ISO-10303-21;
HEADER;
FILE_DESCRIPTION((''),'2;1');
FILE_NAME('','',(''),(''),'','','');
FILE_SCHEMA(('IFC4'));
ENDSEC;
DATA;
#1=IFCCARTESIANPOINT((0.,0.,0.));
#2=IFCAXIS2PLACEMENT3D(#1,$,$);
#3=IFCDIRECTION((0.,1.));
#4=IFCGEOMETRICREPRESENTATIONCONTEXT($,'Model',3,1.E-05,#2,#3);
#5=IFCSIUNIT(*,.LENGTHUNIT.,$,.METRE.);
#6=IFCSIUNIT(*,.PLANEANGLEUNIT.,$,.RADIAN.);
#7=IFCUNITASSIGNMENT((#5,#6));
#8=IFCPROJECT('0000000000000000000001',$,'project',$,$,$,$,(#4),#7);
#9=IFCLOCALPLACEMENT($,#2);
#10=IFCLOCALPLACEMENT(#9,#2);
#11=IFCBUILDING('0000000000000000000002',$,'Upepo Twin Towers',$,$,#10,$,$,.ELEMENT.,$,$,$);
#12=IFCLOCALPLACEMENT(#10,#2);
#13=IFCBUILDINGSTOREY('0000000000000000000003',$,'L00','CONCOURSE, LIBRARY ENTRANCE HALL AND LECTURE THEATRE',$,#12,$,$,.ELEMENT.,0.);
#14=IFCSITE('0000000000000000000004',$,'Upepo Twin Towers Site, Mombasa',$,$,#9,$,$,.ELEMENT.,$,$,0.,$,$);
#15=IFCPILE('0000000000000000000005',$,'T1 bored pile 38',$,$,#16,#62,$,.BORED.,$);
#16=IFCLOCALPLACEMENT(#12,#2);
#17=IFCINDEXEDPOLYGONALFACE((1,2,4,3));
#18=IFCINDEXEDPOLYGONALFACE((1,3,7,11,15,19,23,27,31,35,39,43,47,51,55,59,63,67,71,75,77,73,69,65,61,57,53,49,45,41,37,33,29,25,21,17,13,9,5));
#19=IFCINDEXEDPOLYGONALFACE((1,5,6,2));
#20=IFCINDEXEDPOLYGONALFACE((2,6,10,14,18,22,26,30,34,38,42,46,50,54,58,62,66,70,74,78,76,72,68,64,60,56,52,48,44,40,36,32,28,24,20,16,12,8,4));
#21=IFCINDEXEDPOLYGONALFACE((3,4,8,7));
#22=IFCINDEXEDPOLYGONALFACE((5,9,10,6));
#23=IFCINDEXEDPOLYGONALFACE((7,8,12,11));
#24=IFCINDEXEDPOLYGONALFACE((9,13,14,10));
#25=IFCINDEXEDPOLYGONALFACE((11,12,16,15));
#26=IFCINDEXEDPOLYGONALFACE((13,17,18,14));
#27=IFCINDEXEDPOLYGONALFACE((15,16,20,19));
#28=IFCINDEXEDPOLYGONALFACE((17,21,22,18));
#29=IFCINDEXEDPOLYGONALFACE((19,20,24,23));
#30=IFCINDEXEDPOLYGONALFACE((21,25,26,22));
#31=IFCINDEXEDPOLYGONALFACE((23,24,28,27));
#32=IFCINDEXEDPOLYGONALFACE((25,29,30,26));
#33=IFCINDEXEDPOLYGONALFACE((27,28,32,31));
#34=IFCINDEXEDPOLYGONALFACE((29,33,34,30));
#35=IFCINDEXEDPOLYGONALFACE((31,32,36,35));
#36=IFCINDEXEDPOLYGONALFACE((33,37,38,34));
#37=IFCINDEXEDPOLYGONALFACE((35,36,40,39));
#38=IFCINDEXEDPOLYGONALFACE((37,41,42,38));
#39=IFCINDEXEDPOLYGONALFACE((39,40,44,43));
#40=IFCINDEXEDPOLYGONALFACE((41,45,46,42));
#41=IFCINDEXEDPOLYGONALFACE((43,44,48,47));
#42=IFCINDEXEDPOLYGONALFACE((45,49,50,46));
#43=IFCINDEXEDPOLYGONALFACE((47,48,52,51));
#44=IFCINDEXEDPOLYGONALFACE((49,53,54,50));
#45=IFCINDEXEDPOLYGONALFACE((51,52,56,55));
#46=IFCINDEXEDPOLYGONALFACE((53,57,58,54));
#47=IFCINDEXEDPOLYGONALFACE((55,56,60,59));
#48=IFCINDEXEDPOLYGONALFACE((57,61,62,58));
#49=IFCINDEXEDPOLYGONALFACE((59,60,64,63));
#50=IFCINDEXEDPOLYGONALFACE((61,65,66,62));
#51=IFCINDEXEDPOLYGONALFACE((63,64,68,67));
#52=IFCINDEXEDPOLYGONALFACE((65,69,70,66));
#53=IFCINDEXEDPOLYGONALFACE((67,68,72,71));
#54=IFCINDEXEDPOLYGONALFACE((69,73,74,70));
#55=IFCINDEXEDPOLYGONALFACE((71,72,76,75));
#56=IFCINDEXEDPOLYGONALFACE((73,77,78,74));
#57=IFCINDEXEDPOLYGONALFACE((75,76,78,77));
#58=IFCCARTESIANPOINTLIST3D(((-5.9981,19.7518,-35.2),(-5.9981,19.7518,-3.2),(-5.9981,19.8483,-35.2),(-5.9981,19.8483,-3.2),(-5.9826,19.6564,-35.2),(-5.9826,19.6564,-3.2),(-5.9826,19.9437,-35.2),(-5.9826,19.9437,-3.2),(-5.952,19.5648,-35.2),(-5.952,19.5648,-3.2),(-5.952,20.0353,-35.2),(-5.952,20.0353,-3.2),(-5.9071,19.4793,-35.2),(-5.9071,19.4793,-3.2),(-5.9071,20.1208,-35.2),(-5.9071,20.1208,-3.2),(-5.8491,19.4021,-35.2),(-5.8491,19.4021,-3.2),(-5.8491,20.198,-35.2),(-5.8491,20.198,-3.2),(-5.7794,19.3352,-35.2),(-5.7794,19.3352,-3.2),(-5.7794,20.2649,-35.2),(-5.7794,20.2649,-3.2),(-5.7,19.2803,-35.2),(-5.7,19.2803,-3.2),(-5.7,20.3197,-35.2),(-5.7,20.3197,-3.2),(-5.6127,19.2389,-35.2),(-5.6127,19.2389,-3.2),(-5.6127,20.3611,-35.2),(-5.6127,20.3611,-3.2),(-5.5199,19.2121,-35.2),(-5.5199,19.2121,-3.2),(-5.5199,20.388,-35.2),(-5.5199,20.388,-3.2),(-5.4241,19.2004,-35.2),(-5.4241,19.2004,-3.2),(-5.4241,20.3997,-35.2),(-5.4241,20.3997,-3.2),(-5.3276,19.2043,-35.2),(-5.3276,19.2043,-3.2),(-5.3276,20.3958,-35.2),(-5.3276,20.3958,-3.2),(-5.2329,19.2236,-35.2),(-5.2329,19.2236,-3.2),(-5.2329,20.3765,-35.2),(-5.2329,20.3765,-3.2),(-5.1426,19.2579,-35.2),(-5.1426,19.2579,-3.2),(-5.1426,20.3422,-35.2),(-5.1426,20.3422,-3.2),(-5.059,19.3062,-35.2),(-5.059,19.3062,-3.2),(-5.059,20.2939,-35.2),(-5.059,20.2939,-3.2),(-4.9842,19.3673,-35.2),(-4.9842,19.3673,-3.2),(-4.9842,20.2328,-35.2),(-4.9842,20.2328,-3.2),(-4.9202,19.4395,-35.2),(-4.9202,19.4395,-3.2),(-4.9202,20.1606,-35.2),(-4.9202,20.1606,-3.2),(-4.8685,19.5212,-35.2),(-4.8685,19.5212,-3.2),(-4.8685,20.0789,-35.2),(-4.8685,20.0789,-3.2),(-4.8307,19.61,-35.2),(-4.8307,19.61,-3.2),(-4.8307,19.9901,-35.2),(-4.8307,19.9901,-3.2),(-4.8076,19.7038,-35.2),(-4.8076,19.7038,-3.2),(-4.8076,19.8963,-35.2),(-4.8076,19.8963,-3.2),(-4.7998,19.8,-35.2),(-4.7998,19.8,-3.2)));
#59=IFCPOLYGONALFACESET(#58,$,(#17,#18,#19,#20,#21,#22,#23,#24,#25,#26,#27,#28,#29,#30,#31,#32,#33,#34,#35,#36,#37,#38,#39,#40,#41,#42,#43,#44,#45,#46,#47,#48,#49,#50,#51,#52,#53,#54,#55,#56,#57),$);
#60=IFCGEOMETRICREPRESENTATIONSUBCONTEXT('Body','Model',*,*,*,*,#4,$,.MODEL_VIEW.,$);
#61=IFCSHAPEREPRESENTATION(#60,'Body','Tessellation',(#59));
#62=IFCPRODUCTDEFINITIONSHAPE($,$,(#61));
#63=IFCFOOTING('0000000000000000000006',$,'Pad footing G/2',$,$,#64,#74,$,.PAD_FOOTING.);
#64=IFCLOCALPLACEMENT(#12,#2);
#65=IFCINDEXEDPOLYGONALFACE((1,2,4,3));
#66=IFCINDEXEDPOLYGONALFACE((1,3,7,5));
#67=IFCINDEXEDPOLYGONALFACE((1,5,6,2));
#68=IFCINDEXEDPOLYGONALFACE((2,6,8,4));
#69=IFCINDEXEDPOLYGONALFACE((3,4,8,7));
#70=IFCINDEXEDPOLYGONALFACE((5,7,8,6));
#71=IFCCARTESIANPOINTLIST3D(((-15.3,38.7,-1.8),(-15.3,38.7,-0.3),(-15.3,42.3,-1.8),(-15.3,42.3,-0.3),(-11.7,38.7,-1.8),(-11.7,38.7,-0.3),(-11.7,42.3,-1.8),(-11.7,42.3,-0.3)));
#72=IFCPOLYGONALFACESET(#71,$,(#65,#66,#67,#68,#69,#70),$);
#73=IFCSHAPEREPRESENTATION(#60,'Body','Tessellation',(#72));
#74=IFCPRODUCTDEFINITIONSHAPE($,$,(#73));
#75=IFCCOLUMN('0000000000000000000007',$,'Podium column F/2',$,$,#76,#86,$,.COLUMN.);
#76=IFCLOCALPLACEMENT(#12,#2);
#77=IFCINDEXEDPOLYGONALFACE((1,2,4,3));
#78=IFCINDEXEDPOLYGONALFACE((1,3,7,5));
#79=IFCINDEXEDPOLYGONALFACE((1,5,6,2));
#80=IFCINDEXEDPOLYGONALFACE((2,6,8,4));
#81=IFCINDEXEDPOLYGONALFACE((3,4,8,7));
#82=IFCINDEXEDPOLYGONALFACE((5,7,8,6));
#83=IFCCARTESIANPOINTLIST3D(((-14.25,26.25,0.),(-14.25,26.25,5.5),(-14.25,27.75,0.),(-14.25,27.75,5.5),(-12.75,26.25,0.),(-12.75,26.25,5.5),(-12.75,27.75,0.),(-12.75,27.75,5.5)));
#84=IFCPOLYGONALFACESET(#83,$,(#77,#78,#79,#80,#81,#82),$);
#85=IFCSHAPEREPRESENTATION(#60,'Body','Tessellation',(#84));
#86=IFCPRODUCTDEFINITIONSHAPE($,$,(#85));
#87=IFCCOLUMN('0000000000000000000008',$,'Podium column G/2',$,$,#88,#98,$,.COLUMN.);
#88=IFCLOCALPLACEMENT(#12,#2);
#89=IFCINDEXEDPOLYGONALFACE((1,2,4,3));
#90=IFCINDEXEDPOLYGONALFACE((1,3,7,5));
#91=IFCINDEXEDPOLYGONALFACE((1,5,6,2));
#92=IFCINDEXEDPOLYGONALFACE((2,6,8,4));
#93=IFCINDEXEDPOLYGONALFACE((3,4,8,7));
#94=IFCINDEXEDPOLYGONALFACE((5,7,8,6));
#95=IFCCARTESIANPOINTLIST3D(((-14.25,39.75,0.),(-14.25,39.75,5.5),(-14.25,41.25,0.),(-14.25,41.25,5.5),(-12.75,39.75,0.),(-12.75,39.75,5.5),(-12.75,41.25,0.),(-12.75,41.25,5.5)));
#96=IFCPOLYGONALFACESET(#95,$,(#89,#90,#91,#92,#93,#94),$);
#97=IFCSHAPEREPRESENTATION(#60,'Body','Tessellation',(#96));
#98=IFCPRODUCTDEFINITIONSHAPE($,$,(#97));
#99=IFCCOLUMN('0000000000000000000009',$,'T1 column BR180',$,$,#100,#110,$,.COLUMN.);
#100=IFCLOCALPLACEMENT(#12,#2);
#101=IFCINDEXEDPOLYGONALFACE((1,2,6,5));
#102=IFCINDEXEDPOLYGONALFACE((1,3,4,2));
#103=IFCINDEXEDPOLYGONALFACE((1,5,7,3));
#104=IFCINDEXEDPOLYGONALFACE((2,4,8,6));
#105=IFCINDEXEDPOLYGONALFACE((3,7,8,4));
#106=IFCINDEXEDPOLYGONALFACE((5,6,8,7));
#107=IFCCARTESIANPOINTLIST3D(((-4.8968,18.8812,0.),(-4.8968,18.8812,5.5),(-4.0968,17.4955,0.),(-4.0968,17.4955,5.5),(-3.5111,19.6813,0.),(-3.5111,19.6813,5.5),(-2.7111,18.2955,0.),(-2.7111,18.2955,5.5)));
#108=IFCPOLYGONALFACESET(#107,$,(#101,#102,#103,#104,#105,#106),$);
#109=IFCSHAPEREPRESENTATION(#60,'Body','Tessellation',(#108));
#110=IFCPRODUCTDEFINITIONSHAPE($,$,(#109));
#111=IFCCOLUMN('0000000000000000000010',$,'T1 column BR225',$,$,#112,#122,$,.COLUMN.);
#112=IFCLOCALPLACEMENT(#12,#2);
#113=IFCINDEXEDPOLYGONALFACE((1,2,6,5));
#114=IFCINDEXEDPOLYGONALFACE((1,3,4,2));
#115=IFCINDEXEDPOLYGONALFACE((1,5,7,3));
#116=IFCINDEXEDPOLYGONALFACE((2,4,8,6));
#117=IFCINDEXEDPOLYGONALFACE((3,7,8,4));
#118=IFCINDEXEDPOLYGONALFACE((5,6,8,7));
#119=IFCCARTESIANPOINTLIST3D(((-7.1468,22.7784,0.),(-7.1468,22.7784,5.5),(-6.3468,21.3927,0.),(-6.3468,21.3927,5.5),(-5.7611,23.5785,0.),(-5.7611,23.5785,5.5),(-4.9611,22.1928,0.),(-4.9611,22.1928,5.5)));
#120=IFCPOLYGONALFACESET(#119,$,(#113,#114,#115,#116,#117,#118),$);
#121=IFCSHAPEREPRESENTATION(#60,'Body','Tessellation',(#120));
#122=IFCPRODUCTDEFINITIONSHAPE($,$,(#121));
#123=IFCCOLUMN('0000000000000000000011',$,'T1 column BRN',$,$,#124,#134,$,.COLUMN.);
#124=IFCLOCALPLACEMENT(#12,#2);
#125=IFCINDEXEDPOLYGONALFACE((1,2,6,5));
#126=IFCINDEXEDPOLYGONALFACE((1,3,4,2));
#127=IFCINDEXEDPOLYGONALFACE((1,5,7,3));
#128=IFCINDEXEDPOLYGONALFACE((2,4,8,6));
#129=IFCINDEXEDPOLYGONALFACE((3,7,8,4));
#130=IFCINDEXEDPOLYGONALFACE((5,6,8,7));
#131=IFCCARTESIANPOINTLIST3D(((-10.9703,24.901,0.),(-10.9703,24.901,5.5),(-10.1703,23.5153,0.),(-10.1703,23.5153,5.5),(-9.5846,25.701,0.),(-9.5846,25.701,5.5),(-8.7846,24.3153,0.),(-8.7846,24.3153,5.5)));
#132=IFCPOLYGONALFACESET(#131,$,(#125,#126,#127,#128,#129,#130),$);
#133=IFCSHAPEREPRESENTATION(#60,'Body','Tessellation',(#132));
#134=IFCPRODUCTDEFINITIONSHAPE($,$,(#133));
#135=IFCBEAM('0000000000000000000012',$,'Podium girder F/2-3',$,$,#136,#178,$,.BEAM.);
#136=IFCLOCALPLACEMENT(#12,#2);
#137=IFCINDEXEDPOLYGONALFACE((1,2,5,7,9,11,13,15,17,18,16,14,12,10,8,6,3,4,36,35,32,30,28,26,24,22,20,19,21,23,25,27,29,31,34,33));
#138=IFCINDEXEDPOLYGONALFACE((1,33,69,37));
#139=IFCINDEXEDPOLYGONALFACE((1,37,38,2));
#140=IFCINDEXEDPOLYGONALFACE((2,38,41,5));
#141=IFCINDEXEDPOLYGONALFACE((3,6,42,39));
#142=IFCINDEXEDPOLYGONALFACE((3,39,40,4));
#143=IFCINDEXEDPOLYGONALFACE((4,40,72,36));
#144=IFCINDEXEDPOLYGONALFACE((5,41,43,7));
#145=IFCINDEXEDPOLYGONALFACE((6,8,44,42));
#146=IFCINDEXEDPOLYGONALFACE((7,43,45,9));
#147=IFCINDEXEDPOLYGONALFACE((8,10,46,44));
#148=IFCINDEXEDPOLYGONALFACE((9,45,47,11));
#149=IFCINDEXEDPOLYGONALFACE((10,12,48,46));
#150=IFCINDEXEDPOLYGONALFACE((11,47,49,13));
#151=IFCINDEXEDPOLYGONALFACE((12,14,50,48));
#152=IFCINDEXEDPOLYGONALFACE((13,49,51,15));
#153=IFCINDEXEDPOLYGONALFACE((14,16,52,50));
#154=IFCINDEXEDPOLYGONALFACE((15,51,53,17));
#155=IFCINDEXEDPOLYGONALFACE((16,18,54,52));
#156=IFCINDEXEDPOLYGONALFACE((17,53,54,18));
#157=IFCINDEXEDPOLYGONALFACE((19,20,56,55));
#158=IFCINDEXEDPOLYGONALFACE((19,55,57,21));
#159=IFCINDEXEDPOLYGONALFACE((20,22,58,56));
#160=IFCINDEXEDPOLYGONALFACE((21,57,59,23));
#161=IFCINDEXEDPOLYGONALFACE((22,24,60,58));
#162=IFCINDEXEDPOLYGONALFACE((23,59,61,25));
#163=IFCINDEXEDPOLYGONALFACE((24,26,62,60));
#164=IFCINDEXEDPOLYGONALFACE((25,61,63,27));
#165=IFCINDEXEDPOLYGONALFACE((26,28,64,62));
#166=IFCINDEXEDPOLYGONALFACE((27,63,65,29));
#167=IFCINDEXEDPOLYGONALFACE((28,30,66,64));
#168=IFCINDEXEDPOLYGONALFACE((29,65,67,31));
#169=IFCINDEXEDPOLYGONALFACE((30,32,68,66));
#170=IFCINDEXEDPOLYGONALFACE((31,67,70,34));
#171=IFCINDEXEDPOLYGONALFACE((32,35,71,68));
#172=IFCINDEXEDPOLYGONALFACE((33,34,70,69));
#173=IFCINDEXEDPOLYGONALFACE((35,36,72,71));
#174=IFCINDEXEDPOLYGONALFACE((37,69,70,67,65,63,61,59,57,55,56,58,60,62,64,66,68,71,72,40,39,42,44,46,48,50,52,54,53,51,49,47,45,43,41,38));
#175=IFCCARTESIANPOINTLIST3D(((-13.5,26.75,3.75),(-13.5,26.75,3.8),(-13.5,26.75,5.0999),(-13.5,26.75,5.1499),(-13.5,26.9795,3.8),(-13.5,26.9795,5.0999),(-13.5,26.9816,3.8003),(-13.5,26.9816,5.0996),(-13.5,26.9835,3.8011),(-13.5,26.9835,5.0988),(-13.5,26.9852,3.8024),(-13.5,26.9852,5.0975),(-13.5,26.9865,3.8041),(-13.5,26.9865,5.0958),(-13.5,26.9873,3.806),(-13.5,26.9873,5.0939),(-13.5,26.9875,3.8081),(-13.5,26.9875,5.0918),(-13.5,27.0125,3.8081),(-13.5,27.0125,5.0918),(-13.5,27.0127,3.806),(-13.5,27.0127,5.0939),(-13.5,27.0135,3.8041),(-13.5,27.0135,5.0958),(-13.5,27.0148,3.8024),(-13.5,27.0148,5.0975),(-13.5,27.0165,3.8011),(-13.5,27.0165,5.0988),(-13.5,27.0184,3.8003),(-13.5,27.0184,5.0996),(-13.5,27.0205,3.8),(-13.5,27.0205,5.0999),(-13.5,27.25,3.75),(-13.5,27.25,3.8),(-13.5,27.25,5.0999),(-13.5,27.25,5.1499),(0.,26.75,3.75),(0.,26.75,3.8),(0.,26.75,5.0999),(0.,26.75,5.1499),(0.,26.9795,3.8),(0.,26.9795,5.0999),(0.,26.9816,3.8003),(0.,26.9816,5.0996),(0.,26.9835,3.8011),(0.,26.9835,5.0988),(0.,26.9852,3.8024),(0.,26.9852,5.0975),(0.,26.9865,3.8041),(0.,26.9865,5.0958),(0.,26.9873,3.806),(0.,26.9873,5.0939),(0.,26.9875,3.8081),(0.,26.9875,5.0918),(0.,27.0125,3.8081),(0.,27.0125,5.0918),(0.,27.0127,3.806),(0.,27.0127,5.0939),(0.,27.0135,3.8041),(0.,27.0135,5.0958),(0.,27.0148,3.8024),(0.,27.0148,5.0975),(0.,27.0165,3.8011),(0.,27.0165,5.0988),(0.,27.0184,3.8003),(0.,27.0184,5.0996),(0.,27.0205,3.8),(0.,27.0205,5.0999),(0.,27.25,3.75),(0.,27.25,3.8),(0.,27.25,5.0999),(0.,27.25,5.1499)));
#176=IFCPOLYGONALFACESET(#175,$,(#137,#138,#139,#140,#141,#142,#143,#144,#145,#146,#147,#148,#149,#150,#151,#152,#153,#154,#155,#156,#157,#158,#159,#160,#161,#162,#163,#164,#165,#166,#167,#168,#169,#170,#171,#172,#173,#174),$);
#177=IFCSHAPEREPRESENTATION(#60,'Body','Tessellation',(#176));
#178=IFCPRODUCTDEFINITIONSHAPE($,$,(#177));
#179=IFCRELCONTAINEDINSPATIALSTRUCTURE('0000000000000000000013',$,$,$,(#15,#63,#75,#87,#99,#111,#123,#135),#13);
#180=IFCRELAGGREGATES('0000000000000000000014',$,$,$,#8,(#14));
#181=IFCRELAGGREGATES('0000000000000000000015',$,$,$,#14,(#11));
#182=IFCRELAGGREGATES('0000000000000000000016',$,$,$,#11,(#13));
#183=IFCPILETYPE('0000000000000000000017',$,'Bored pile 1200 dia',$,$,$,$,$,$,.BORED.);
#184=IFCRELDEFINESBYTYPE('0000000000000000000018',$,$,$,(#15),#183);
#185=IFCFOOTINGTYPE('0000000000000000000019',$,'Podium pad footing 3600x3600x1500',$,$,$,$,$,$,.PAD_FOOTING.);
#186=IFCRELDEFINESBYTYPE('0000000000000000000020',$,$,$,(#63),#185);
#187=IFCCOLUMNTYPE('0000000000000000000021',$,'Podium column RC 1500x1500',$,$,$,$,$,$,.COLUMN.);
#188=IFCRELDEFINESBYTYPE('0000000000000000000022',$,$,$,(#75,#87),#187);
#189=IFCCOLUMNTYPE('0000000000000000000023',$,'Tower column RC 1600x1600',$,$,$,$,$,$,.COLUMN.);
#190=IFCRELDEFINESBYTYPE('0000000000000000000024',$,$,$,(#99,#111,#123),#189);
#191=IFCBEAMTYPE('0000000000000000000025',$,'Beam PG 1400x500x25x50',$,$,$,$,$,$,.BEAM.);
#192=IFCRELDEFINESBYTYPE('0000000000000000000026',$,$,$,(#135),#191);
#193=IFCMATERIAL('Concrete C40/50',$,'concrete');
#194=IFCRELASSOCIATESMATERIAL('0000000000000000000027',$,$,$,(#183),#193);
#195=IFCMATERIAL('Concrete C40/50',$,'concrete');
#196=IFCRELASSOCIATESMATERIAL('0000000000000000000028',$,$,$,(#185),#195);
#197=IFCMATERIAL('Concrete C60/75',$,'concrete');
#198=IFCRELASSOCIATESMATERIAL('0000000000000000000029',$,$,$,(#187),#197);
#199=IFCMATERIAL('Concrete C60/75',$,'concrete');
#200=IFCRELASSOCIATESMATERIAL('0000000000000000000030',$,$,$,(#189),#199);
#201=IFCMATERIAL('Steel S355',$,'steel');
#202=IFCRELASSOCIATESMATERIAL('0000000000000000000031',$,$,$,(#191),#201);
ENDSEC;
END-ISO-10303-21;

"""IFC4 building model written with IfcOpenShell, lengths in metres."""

from ifc_helpers import new_model, si_unit, direction, frame, origin, origin_2d, place, context, subcontext, project, spatial, rectangle, circle, i_section, extrude, material, material_profile, profile_set, type_object, element, save


model = new_model("IFC4")

# Units and contexts
model_context = context("Model", 3, precision=1e-05, world=origin(), true_north=direction((0.0, 1.0)))
body_context = subcontext(model_context, "Body", "Model", "MODEL_VIEW")
ifc_project = project(units=[si_unit("LENGTHUNIT", "METRE"), si_unit("PLANEANGLEUNIT", "RADIAN")], contexts=[model_context])

# Site, building, storey
site_placement = place(None, origin())
site = spatial("IfcSite", under=ifc_project, at=site_placement, Name="Upepo Twin Towers Site, Mombasa", CompositionType="ELEMENT", RefElevation=0.0)
building_placement = place(site_placement, origin())
building = spatial("IfcBuilding", under=site, at=building_placement, Name="Upepo Twin Towers", CompositionType="ELEMENT")
storey_placement = place(building_placement, origin())
storey = spatial("IfcBuildingStorey", under=building, at=storey_placement, Name="L00", Description="CONCOURSE, LIBRARY ENTRANCE HALL AND LECTURE THEATRE", CompositionType="ELEMENT", Elevation=0.0)

# Pile
ifc_material_1 = material(Name="Concrete C40/50", Category="concrete")
pile_type = type_object("IfcPileType", Name="Bored pile 1200 dia", PredefinedType="BORED", material=ifc_material_1)
for number, where, z_axis, x_axis, name in (
    (1, (-5.3999, 19.8, -3.2), (0.0, 0.0, -1.0), (1.0, 0.0, 0.0), "T1 bored pile 38"),
):
    element("IfcPile", number, at=place(storey_placement, frame(where, z_axis=z_axis, x_axis=x_axis)), inside=storey, type_object=pile_type, Name=name, PredefinedType="BORED", context=body_context, shape_type="SweptSolid", body=[
        extrude(circle(Radius=0.6001, at=origin_2d()), origin(), (0.0, 0.0, 1.0), 32.0),
    ])

# Footing
ifc_material_2 = material(Name="Concrete C40/50", Category="concrete")
footing_type = type_object("IfcFootingType", Name="Podium pad footing 3600x3600x1500", PredefinedType="PAD_FOOTING", material=ifc_material_2)
footing_placement = place(storey_placement, frame((-13.5, 40.5, -1.8), z_axis=(0.0, 0.0, 1.0), x_axis=(1.0, 0.0, 0.0)))
element("IfcFooting", 2, at=footing_placement, inside=storey, type_object=footing_type, Name="Pad footing G/2", PredefinedType="PAD_FOOTING", context=body_context, shape_type="SweptSolid", body=[
    extrude(rectangle(XDim=3.6001, YDim=3.6001, at=origin_2d()), origin(), (0.0, 0.0, 1.0), 1.5),
])

# Columns
ifc_material_3 = material(Name="Concrete C60/75", Category="concrete")
ifc_material_profile_1 = material_profile(ifc_material_3, rectangle(XDim=1.5, YDim=1.5, at=origin_2d()), Name="RC 1500x1500")
ifc_profile_set_1 = profile_set([ifc_material_profile_1], Name="Concrete C60/75")
column_type_1 = type_object("IfcColumnType", Name="Podium column RC 1500x1500", PredefinedType="COLUMN", material=ifc_profile_set_1)
for number, where, z_axis, x_axis, name in (
    (3, (-13.5, 27.0, 0.0), (0.0, 0.0, 1.0), (1.0, 0.0, 0.0), "Podium column F/2"),
    (4, (-13.5, 40.5, 0.0), (0.0, 0.0, 1.0), (1.0, 0.0, 0.0), "Podium column G/2"),
):
    element("IfcColumn", number, at=place(storey_placement, frame(where, z_axis=z_axis, x_axis=x_axis)), inside=storey, type_object=column_type_1, Name=name, PredefinedType="COLUMN", context=body_context, shape_type="SweptSolid", body=[
        extrude(rectangle(XDim=1.5, YDim=1.5, at=origin_2d()), origin(), (0.0, 0.0, 1.0), 5.5),
    ])
ifc_material_4 = material(Name="Concrete C60/75", Category="concrete")
ifc_material_profile_2 = material_profile(ifc_material_4, rectangle(XDim=1.6001, YDim=1.6001, at=origin_2d()), Name="RC 1600x1600")
ifc_profile_set_2 = profile_set([ifc_material_profile_2], Name="Concrete C60/75")
column_type_2 = type_object("IfcColumnType", Name="Tower column RC 1600x1600", PredefinedType="COLUMN", material=ifc_profile_set_2)
for number, where, z_axis, x_axis, name in (
    (5, (-3.804, 18.5884, 0.0), (0.0, 0.0, 1.0), (0.866025, 0.5, 0.0), "T1 column BR180"),
    (6, (-6.054, 22.4856, 0.0), (0.0, 0.0, 1.0), (0.866025, 0.5, 0.0), "T1 column BR225"),
    (7, (-9.8774, 24.6082, 0.0), (0.0, 0.0, 1.0), (0.866025, 0.5, 0.0), "T1 column BRN"),
):
    element("IfcColumn", number, at=place(storey_placement, frame(where, z_axis=z_axis, x_axis=x_axis)), inside=storey, type_object=column_type_2, Name=name, PredefinedType="COLUMN", context=body_context, shape_type="SweptSolid", body=[
        extrude(rectangle(XDim=1.6001, YDim=1.6001, at=origin_2d()), origin(), (0.0, 0.0, 1.0), 5.5),
    ])

# Beam
ifc_material_5 = material(Name="Steel S355", Category="steel")
ifc_material_profile_3 = material_profile(ifc_material_5, i_section(OverallWidth=0.5, OverallDepth=1.3999, WebThickness=0.0249, FlangeThickness=0.05, FilletRadius=0.0081, at=origin_2d()), Name="PG 1400x500x25x50")
ifc_profile_set_3 = profile_set([ifc_material_profile_3], Name="Steel S355")
beam_type_1 = type_object("IfcBeamType", Name="Beam PG 1400x500x25x50", PredefinedType="BEAM", material=ifc_profile_set_3)
for number, where, z_axis, x_axis, name in (
    (8, (-13.5, 27.0, 4.45), (1.0, 0.0, 0.0), (0.0, 1.0, 0.0), "Podium girder F/2-3"),
):
    element("IfcBeam", number, at=place(storey_placement, frame(where, z_axis=z_axis, x_axis=x_axis)), inside=storey, type_object=beam_type_1, Name=name, PredefinedType="BEAM", context=body_context, shape_type="SweptSolid", body=[
        extrude(i_section(OverallWidth=0.5, OverallDepth=1.3999, WebThickness=0.0249, FlangeThickness=0.05, FilletRadius=0.0081, at=origin_2d()), origin(), (0.0, 0.0, 1.0), 13.5),
    ])

save(model, "model.ifc")
